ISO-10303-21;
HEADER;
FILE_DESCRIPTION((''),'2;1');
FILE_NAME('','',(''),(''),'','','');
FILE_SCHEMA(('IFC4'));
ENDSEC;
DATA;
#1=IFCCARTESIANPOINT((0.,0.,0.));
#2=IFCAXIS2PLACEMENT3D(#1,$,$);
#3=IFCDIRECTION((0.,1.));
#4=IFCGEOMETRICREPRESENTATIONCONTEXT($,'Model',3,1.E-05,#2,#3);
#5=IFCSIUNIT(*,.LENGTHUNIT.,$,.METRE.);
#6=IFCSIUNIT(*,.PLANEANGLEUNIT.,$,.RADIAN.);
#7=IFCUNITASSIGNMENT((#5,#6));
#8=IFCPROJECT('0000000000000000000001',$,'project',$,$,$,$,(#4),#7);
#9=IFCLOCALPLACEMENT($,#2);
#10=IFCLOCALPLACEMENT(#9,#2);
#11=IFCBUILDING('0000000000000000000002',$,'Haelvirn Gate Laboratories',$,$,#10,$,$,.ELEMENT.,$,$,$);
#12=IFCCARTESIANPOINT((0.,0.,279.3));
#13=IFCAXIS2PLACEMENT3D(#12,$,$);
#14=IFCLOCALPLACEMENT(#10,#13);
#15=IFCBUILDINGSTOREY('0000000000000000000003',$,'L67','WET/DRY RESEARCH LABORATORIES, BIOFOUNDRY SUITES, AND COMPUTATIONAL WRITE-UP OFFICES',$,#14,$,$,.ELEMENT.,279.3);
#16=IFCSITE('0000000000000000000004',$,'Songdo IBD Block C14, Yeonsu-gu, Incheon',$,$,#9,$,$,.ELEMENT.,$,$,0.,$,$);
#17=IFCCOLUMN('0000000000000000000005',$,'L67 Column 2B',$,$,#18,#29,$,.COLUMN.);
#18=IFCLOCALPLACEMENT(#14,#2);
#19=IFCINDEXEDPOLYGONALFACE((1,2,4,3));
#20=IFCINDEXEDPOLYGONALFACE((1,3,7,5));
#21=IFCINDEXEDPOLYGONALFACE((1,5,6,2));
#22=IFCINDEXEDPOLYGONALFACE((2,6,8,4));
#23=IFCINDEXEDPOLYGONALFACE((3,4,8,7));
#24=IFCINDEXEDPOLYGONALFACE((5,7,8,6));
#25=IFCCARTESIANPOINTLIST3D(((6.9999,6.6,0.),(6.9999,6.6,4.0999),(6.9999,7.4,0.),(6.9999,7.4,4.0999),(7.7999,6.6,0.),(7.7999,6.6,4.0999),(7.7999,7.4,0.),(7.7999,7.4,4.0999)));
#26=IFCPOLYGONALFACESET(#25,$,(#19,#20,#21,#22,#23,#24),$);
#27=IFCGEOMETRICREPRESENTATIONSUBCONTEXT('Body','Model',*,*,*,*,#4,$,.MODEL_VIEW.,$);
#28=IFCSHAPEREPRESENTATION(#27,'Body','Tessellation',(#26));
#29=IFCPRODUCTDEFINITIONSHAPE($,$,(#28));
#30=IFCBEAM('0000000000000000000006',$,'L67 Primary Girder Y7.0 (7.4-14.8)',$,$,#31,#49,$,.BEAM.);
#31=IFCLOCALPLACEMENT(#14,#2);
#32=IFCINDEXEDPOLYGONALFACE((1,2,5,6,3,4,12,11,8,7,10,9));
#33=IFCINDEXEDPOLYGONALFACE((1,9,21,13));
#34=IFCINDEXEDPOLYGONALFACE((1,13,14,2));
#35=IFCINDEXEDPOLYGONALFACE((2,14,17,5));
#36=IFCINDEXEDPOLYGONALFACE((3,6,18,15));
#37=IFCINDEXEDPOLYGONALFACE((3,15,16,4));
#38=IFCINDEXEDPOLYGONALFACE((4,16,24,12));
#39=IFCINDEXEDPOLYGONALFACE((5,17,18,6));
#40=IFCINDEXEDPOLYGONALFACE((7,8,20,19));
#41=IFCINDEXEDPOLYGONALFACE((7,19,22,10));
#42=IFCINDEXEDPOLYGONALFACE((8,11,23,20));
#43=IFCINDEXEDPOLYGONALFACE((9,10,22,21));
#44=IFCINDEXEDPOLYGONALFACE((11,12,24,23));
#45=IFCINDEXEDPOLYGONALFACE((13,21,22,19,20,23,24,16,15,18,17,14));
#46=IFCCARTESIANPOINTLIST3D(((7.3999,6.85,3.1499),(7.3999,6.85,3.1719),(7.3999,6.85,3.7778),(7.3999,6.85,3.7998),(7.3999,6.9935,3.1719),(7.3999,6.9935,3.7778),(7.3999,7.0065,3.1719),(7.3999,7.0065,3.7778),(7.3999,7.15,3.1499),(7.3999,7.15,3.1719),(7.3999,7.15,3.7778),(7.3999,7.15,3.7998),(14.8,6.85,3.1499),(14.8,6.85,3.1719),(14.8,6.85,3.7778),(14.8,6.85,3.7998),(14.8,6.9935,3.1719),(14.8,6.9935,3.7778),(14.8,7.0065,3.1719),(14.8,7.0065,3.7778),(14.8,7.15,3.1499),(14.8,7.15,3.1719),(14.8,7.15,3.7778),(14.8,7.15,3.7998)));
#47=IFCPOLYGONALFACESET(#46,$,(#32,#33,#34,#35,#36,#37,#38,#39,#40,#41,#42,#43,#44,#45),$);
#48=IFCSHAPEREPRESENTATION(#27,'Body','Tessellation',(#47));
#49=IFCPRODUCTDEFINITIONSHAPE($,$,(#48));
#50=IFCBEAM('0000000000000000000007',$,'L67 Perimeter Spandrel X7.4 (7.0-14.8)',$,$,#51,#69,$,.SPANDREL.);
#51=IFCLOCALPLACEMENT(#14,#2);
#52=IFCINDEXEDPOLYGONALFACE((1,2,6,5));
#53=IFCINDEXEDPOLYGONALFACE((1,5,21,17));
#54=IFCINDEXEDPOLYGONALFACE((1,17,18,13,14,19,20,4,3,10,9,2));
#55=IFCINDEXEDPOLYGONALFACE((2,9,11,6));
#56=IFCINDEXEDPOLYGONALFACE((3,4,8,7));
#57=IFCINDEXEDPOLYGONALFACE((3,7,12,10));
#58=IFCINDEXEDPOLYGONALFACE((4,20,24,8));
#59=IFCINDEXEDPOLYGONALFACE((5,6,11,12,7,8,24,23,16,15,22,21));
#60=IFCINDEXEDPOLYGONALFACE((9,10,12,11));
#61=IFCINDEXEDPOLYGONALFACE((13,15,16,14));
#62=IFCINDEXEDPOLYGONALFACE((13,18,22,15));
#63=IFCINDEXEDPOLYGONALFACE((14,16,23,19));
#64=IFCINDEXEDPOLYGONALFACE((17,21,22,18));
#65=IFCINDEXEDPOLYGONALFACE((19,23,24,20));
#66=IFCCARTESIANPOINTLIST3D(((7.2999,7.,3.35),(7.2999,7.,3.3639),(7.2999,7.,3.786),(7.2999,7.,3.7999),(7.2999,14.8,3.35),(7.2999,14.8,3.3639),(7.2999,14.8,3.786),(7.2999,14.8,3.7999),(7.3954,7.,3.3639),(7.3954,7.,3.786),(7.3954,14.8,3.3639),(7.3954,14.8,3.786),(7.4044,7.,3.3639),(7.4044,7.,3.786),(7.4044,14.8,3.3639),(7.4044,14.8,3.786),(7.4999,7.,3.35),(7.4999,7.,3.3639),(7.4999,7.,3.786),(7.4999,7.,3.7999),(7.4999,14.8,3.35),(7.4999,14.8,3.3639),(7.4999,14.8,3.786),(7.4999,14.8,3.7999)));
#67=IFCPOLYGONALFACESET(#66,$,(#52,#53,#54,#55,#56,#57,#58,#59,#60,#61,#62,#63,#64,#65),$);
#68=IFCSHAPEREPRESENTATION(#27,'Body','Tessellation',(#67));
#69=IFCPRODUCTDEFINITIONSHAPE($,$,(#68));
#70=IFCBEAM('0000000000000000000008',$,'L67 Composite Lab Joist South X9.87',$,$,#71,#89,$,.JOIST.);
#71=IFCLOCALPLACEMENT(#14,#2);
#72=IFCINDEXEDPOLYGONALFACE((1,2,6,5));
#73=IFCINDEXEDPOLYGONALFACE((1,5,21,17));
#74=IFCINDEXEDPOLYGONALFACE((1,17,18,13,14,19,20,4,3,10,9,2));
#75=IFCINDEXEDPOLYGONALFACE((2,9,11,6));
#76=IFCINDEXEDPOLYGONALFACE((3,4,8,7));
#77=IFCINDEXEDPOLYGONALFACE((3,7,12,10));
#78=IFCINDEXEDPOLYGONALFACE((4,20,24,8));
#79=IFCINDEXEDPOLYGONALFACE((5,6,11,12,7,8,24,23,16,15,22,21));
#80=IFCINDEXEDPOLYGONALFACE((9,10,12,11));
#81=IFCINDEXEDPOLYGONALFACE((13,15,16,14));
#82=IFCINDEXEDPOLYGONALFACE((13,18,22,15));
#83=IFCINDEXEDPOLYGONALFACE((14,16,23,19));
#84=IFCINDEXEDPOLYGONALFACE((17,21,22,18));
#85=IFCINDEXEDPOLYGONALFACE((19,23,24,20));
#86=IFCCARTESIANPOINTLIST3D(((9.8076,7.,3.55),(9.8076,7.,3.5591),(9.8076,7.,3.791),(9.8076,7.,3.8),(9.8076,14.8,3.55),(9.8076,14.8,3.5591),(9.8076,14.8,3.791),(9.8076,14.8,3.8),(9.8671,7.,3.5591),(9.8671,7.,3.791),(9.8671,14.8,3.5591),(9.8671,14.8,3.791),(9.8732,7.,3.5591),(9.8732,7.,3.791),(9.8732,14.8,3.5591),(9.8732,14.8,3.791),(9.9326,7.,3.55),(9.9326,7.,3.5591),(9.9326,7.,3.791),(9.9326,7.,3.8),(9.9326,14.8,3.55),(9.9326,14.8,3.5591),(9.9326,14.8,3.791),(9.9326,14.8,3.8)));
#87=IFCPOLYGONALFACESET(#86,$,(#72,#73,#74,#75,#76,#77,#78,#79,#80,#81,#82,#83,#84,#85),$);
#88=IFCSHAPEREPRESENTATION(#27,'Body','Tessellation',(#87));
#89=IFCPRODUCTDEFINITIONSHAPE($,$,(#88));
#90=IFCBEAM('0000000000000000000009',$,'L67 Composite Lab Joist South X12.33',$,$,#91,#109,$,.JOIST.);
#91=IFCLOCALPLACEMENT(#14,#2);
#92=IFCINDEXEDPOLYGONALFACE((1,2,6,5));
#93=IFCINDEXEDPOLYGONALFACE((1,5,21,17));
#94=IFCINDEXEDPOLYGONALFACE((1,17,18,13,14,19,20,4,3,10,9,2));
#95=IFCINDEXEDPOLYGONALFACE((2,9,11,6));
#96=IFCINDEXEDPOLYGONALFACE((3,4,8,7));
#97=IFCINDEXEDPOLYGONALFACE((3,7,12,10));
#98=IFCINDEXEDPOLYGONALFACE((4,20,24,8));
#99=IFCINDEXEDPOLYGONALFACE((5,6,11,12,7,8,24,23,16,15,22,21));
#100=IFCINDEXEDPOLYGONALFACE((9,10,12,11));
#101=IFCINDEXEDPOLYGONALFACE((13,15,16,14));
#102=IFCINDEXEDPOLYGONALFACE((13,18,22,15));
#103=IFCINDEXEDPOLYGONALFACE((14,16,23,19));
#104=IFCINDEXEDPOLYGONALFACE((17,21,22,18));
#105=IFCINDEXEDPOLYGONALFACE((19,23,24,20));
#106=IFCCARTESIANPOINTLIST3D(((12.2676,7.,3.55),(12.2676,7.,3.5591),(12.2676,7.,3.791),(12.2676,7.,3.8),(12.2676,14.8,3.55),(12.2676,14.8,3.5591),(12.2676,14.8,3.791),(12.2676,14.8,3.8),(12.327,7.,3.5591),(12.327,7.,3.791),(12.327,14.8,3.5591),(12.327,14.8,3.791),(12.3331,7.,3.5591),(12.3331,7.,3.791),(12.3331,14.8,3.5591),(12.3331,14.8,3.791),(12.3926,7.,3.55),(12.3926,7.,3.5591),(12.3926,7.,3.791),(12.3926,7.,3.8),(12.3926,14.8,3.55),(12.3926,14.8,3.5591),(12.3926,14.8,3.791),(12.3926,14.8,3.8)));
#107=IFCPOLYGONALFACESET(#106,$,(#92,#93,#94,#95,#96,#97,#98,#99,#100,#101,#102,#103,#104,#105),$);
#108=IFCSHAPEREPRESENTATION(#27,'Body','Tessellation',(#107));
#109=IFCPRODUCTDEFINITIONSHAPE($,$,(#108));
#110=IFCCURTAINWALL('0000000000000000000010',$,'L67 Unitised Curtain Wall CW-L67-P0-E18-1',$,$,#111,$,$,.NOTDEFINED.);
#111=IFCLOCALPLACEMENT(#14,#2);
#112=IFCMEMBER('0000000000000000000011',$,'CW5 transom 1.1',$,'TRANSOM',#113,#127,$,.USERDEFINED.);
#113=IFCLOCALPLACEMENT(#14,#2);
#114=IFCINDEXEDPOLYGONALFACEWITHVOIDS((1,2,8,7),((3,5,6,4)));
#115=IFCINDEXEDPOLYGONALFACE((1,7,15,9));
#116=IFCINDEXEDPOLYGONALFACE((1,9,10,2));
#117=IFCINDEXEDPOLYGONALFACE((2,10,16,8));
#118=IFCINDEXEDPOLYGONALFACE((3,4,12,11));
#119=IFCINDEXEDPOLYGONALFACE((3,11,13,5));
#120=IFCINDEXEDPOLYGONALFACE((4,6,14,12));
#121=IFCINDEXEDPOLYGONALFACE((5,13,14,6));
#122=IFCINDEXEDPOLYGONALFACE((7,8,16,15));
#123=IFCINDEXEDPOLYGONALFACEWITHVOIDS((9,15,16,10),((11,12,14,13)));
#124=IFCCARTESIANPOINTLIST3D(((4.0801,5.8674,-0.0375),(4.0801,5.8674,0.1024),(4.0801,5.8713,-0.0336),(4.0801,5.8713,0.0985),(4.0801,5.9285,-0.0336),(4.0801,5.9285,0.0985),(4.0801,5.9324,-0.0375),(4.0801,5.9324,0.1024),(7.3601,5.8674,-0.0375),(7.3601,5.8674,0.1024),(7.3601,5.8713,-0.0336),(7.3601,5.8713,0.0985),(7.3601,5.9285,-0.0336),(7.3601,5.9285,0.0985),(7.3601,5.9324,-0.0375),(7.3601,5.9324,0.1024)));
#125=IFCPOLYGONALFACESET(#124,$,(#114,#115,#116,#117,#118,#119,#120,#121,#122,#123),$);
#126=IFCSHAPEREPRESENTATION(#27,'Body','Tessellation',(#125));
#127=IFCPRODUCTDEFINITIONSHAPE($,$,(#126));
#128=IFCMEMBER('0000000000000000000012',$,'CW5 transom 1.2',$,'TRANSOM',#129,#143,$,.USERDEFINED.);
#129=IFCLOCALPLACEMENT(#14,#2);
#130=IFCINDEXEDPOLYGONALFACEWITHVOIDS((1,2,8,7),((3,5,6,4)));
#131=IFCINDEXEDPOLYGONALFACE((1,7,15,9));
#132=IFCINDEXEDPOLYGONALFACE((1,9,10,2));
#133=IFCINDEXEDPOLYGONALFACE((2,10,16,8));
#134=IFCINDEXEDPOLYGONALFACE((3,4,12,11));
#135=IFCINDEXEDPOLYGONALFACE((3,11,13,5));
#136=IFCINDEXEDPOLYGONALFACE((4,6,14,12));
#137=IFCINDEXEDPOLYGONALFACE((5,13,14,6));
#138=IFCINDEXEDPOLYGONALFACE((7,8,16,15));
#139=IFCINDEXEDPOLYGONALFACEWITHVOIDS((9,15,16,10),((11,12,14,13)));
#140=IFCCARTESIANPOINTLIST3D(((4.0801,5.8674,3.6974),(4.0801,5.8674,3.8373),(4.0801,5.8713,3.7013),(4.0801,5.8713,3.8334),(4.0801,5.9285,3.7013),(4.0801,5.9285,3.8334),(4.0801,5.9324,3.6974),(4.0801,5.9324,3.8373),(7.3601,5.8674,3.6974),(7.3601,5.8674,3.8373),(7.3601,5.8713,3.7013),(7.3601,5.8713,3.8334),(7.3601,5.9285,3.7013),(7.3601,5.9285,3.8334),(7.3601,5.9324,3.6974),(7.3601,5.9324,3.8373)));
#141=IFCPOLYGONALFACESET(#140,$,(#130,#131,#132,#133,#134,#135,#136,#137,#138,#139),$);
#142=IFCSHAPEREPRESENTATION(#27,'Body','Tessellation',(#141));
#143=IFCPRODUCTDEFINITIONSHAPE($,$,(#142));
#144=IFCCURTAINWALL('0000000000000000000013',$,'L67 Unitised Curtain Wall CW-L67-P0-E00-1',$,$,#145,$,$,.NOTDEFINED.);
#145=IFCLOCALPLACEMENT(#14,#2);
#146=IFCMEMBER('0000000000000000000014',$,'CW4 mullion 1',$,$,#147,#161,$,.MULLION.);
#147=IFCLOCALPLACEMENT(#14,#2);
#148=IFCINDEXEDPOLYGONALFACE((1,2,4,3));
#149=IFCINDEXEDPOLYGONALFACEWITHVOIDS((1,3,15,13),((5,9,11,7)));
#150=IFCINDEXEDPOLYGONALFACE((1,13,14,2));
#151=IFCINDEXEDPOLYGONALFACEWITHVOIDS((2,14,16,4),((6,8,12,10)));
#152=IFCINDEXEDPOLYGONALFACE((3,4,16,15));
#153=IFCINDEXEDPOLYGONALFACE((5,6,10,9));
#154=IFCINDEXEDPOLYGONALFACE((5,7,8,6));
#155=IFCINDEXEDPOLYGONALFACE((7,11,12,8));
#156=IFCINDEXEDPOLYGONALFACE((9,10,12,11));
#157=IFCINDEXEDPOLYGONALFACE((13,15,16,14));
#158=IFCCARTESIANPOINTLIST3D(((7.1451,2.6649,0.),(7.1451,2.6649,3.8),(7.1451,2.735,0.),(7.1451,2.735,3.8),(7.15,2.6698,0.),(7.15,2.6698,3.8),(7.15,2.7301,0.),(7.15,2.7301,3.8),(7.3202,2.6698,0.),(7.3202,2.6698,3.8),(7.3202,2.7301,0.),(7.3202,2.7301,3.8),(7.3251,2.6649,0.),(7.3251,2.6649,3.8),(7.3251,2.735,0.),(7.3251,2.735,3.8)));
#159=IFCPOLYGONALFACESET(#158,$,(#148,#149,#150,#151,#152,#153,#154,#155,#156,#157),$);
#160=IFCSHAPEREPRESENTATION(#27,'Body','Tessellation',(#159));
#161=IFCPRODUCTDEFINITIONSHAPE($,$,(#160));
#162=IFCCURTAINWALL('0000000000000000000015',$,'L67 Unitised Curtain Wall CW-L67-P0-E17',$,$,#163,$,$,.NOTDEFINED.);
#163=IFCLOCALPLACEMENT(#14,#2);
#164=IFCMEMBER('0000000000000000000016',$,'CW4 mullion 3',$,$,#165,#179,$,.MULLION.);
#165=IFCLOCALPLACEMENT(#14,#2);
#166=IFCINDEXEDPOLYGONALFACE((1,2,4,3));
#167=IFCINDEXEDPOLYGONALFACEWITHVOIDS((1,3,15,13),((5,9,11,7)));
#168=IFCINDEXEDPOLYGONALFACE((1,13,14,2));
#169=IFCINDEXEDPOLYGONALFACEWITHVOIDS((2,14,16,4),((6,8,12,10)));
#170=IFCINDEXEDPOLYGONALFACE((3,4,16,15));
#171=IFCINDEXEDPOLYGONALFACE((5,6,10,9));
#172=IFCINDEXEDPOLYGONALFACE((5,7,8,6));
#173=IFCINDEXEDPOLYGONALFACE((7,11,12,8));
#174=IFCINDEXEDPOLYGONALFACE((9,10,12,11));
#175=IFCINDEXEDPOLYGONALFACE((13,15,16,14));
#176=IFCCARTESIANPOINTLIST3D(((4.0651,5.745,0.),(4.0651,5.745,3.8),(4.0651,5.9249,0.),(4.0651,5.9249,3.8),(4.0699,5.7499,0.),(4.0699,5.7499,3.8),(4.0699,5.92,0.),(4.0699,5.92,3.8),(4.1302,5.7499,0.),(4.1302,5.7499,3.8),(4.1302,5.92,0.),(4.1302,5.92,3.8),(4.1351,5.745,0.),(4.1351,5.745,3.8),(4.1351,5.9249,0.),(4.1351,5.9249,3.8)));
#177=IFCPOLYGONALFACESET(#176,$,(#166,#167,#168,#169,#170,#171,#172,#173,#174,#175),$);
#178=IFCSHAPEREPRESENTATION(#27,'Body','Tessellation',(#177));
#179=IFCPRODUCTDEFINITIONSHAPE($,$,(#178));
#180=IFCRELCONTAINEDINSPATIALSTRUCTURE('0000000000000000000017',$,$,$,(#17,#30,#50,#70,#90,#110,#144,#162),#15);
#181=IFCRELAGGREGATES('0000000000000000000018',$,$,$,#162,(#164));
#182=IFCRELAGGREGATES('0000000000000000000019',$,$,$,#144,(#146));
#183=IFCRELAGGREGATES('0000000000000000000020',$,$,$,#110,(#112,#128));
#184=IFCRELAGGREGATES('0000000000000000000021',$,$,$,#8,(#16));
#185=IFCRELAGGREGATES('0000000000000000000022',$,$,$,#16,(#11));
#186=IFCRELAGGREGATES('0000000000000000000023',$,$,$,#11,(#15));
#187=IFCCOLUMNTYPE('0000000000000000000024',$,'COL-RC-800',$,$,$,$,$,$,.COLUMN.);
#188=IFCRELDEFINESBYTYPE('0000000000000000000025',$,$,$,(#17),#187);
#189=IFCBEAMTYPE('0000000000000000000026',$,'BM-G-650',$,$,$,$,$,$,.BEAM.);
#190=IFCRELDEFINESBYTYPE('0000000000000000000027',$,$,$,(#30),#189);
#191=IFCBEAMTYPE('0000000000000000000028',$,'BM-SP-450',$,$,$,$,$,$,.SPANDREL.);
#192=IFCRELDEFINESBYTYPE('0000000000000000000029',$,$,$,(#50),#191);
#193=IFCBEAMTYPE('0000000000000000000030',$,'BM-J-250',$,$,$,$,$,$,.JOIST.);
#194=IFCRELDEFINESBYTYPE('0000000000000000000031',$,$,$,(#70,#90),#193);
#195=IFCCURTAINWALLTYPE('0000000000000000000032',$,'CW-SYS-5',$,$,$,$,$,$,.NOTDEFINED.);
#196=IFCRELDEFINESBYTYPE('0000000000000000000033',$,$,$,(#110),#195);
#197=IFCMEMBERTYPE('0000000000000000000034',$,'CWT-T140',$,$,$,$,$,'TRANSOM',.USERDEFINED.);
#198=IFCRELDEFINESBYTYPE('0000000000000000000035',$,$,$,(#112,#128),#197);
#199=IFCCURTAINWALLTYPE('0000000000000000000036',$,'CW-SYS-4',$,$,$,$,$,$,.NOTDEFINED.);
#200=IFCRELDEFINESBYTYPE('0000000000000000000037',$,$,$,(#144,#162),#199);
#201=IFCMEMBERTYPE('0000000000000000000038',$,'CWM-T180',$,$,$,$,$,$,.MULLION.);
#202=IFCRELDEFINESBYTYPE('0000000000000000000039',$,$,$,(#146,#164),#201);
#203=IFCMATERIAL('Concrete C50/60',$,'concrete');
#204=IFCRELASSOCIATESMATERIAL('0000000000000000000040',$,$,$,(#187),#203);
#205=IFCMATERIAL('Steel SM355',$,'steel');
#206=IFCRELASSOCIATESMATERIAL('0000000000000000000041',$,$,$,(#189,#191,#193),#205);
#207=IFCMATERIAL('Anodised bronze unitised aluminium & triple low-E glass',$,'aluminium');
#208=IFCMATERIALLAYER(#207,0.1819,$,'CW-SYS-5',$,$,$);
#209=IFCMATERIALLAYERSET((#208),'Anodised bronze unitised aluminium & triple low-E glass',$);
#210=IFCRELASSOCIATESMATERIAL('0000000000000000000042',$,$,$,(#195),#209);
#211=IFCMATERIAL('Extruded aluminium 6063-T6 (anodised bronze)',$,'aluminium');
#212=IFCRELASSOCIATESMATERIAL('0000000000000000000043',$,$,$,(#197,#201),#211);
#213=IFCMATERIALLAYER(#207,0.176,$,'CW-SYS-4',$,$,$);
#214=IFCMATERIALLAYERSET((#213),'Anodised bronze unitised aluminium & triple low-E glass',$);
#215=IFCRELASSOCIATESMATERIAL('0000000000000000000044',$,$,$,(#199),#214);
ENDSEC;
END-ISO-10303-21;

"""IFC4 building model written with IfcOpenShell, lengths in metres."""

from ifc_helpers import new_model, si_unit, direction, frame, origin, origin_2d, place, context, subcontext, project, spatial, rectangle, hollow_rectangle, i_section, extrude, source, transform, mapped, material, layer, layer_set, material_profile, profile_set, type_object, type_shapes, element, aggregate, save


model = new_model("IFC4")

# Units and contexts
model_context = context("Model", 3, precision=1e-05, world=origin(), true_north=direction((0.0, 1.0)))
body_context = subcontext(model_context, "Body", "Model", "MODEL_VIEW")
ifc_project = project(units=[si_unit("LENGTHUNIT", "METRE"), si_unit("PLANEANGLEUNIT", "RADIAN")], contexts=[model_context])

# Site, building, storey
site_placement = place(None, origin())
site = spatial("IfcSite", under=ifc_project, at=site_placement, Name="Songdo IBD Block C14, Yeonsu-gu, Incheon", CompositionType="ELEMENT", RefElevation=0.0)
building_placement = place(site_placement, origin())
building = spatial("IfcBuilding", under=site, at=building_placement, Name="Haelvirn Gate Laboratories", CompositionType="ELEMENT")
storey_placement = place(building_placement, frame((0.0, 0.0, 279.3)))
storey = spatial("IfcBuildingStorey", under=building, at=storey_placement, Name="L67", Description="WET/DRY RESEARCH LABORATORIES, BIOFOUNDRY SUITES, AND COMPUTATIONAL WRITE-UP OFFICES", CompositionType="ELEMENT", Elevation=279.3)

# Column
ifc_material_1 = material(Name="Concrete C50/60", Category="concrete")
ifc_material_profile_1 = material_profile(ifc_material_1, rectangle(XDim=0.8, YDim=0.8, at=origin_2d()), Name="RC-800x800")
ifc_profile_set_1 = profile_set([ifc_material_profile_1], Name="Concrete C50/60")
column_type = type_object("IfcColumnType", Name="COL-RC-800", PredefinedType="COLUMN", material=ifc_profile_set_1)
shared_shape_1 = source(origin(), body_context, "Body", "SweptSolid", [
    extrude(rectangle(XDim=0.8, YDim=0.8, at=origin_2d()), origin(), (0.0, 0.0, 1.0), 4.0999),
])
type_shapes(column_type, [shared_shape_1])
column_placement = place(storey_placement, frame((7.3999, 7.0, 0.0), z_axis=(0.0, 0.0, 1.0), x_axis=(1.0, 0.0, 0.0)))
element("IfcColumn", 1, at=column_placement, inside=storey, type_object=column_type, Name="L67 Column 2B", PredefinedType="COLUMN", context=body_context, shape_type="MappedRepresentation", body=[
    mapped(shared_shape_1, transform((0.0, 0.0, 0.0), scale=1.0)),
])

# Beams
ifc_material_2 = material(Name="Steel SM355", Category="steel")
ifc_material_profile_2 = material_profile(ifc_material_2, i_section(OverallWidth=0.3, OverallDepth=0.6499, WebThickness=0.0129, FlangeThickness=0.022, at=origin_2d()), Name="H-650x300x13x22")
ifc_profile_set_2 = profile_set([ifc_material_profile_2], Name="Steel SM355")
beam_type_1 = type_object("IfcBeamType", Name="BM-G-650", PredefinedType="BEAM", material=ifc_profile_set_2)
shared_shape_2 = source(origin(), body_context, "Body", "SweptSolid", [
    extrude(i_section(OverallWidth=0.3, OverallDepth=0.6499, WebThickness=0.0129, FlangeThickness=0.022, at=origin_2d()), origin(), (0.0, 0.0, 1.0), 7.4001),
])
type_shapes(beam_type_1, [shared_shape_2])
beam_1_placement = place(storey_placement, frame((7.3999, 7.0, 3.4749), z_axis=(1.0, 0.0, 0.0), x_axis=(0.0, 1.0, 0.0)))
element("IfcBeam", 2, at=beam_1_placement, inside=storey, type_object=beam_type_1, Name="L67 Primary Girder Y7.0 (7.4-14.8)", PredefinedType="BEAM", context=body_context, shape_type="MappedRepresentation", body=[
    mapped(shared_shape_2, transform((0.0, 0.0, 0.0), scale=1.0)),
])
ifc_material_profile_3 = material_profile(ifc_material_2, i_section(OverallWidth=0.2, OverallDepth=0.45, WebThickness=0.009, FlangeThickness=0.0139, at=origin_2d()), Name="H-450x200x9x14")
ifc_profile_set_3 = profile_set([ifc_material_profile_3], Name="Steel SM355")
beam_type_2 = type_object("IfcBeamType", Name="BM-SP-450", PredefinedType="SPANDREL", material=ifc_profile_set_3)
shared_shape_3 = source(origin(), body_context, "Body", "SweptSolid", [
    extrude(i_section(OverallWidth=0.2, OverallDepth=0.45, WebThickness=0.009, FlangeThickness=0.0139, at=origin_2d()), origin(), (0.0, 0.0, 1.0), 7.8),
])
type_shapes(beam_type_2, [shared_shape_3])
beam_2_placement = place(storey_placement, frame((7.3999, 7.0, 3.575), z_axis=(0.0, 1.0, 0.0), x_axis=(-1.0, 0.0, 0.0)))
element("IfcBeam", 3, at=beam_2_placement, inside=storey, type_object=beam_type_2, Name="L67 Perimeter Spandrel X7.4 (7.0-14.8)", PredefinedType="SPANDREL", context=body_context, shape_type="MappedRepresentation", body=[
    mapped(shared_shape_3, transform((0.0, 0.0, 0.0), scale=1.0)),
])
ifc_material_profile_4 = material_profile(ifc_material_2, i_section(OverallWidth=0.125, OverallDepth=0.25, WebThickness=0.0061, FlangeThickness=0.009, at=origin_2d()), Name="H-250x125x6x9")
ifc_profile_set_4 = profile_set([ifc_material_profile_4], Name="Steel SM355")
beam_type_3 = type_object("IfcBeamType", Name="BM-J-250", PredefinedType="JOIST", material=ifc_profile_set_4)
shared_shape_4 = source(origin(), body_context, "Body", "SweptSolid", [
    extrude(i_section(OverallWidth=0.125, OverallDepth=0.25, WebThickness=0.0061, FlangeThickness=0.009, at=origin_2d()), origin(), (0.0, 0.0, 1.0), 7.8),
])
type_shapes(beam_type_3, [shared_shape_4])
for number, where, z_axis, x_axis, name in (
    (4, (9.8701, 7.0, 3.675), (0.0, 1.0, 0.0), (-1.0, 0.0, 0.0), "L67 Composite Lab Joist South X9.87"),
    (5, (12.3301, 7.0, 3.675), (0.0, 1.0, 0.0), (-1.0, 0.0, 0.0), "L67 Composite Lab Joist South X12.33"),
):
    element("IfcBeam", number, at=place(storey_placement, frame(where, z_axis=z_axis, x_axis=x_axis)), inside=storey, type_object=beam_type_3, Name=name, PredefinedType="JOIST", context=body_context, shape_type="MappedRepresentation", body=[
        mapped(shared_shape_4, transform((0.0, 0.0, 0.0), scale=1.0)),
    ])

# Curtain wall, members
ifc_material_3 = material(Name="Anodised bronze unitised aluminium & triple low-E glass", Category="aluminium")
ifc_layer_1 = layer(ifc_material_3, 0.1819, Name="CW-SYS-5")
ifc_layer_set_1 = layer_set([ifc_layer_1], Name="Anodised bronze unitised aluminium & triple low-E glass")
curtain_wall_type_1 = type_object("IfcCurtainWallType", Name="CW-SYS-5", PredefinedType="NOTDEFINED", material=ifc_layer_set_1)
curtain_wall_1_placement = place(storey_placement, origin())
curtain_wall_1 = element("IfcCurtainWall", 6, at=curtain_wall_1_placement, inside=storey, type_object=curtain_wall_type_1, Name="L67 Unitised Curtain Wall CW-L67-P0-E18-1", PredefinedType="NOTDEFINED")
ifc_material_4 = material(Name="Extruded aluminium 6063-T6 (anodised bronze)", Category="aluminium")
ifc_material_profile_5 = material_profile(ifc_material_4, hollow_rectangle(XDim=0.0649, YDim=0.1399, WallThickness=0.0039, at=origin_2d()), Name="CWT-140x65x4")
ifc_profile_set_5 = profile_set([ifc_material_profile_5], Name="Extruded aluminium 6063-T6 (anodised bronze)")
member_type_1 = type_object("IfcMemberType", Name="CWT-T140", ElementType="TRANSOM", PredefinedType="USERDEFINED", material=ifc_profile_set_5)
shared_shape_5 = source(origin(), body_context, "Body", "SweptSolid", [
    extrude(hollow_rectangle(XDim=0.0649, YDim=0.1399, WallThickness=0.0039, at=origin_2d()), origin(), (0.0, 0.0, 1.0), 3.28),
])
member_1_placement = place(storey_placement, frame((4.0801, 5.8999, 0.0325), z_axis=(1.0, 0.0, 0.0), x_axis=(0.0, 1.0, 0.0)))
member_1 = element("IfcMember", 7, at=member_1_placement, type_object=member_type_1, Name="CW5 transom 1.1", ObjectType="TRANSOM", PredefinedType="USERDEFINED", context=body_context, shape_type="MappedRepresentation", body=[
    mapped(shared_shape_5, transform((0.0, 0.0, 0.0), scale=1.0)),
])
member_2_placement = place(storey_placement, frame((4.0801, 5.8999, 3.7673), z_axis=(1.0, 0.0, 0.0), x_axis=(0.0, 1.0, 0.0)))
member_2 = element("IfcMember", 8, at=member_2_placement, type_object=member_type_1, Name="CW5 transom 1.2", ObjectType="TRANSOM", PredefinedType="USERDEFINED", context=body_context, shape_type="MappedRepresentation", body=[
    mapped(shared_shape_5, transform((0.0, 0.0, 0.0), scale=1.0)),
])

# Curtain walls, members
ifc_layer_2 = layer(ifc_material_3, 0.176, Name="CW-SYS-4")
ifc_layer_set_2 = layer_set([ifc_layer_2], Name="Anodised bronze unitised aluminium & triple low-E glass")
curtain_wall_type_2 = type_object("IfcCurtainWallType", Name="CW-SYS-4", PredefinedType="NOTDEFINED", material=ifc_layer_set_2)
curtain_wall_2_placement = place(storey_placement, origin())
curtain_wall_2 = element("IfcCurtainWall", 9, at=curtain_wall_2_placement, inside=storey, type_object=curtain_wall_type_2, Name="L67 Unitised Curtain Wall CW-L67-P0-E00-1", PredefinedType="NOTDEFINED")
ifc_material_profile_6 = material_profile(ifc_material_4, hollow_rectangle(XDim=0.0701, YDim=0.1799, WallThickness=0.0049, at=origin_2d()), Name="CWM-180x70x5")
ifc_profile_set_6 = profile_set([ifc_material_profile_6], Name="Extruded aluminium 6063-T6 (anodised bronze)")
member_type_2 = type_object("IfcMemberType", Name="CWM-T180", PredefinedType="MULLION", material=ifc_profile_set_6)
shared_shape_6 = source(origin(), body_context, "Body", "SweptSolid", [
    extrude(hollow_rectangle(XDim=0.0701, YDim=0.1799, WallThickness=0.0049, at=origin_2d()), origin(), (0.0, 0.0, 1.0), 3.8),
])
type_shapes(member_type_2, [shared_shape_6])
member_3_placement = place(storey_placement, frame((7.2351, 2.7, 0.0), z_axis=(0.0, 0.0, 1.0), x_axis=(0.0, 1.0, 0.0)))
member_3 = element("IfcMember", 10, at=member_3_placement, type_object=member_type_2, Name="CW4 mullion 1", PredefinedType="MULLION", context=body_context, shape_type="MappedRepresentation", body=[
    mapped(shared_shape_6, transform((0.0, 0.0, 0.0), scale=1.0)),
])
curtain_wall_3_placement = place(storey_placement, origin())
curtain_wall_3 = element("IfcCurtainWall", 11, at=curtain_wall_3_placement, inside=storey, type_object=curtain_wall_type_2, Name="L67 Unitised Curtain Wall CW-L67-P0-E17", PredefinedType="NOTDEFINED")
member_4_placement = place(storey_placement, frame((4.1001, 5.835, 0.0), z_axis=(0.0, 0.0, 1.0), x_axis=(1.0, 0.0, 0.0)))
member_4 = element("IfcMember", 12, at=member_4_placement, type_object=member_type_2, Name="CW4 mullion 3", PredefinedType="MULLION", context=body_context, shape_type="MappedRepresentation", body=[
    mapped(shared_shape_6, transform((0.0, 0.0, 0.0), scale=1.0)),
])
aggregate(curtain_wall_3, [member_4])

aggregate(curtain_wall_2, [member_3])
aggregate(curtain_wall_1, [member_1, member_2])

save(model, "model.ifc")
